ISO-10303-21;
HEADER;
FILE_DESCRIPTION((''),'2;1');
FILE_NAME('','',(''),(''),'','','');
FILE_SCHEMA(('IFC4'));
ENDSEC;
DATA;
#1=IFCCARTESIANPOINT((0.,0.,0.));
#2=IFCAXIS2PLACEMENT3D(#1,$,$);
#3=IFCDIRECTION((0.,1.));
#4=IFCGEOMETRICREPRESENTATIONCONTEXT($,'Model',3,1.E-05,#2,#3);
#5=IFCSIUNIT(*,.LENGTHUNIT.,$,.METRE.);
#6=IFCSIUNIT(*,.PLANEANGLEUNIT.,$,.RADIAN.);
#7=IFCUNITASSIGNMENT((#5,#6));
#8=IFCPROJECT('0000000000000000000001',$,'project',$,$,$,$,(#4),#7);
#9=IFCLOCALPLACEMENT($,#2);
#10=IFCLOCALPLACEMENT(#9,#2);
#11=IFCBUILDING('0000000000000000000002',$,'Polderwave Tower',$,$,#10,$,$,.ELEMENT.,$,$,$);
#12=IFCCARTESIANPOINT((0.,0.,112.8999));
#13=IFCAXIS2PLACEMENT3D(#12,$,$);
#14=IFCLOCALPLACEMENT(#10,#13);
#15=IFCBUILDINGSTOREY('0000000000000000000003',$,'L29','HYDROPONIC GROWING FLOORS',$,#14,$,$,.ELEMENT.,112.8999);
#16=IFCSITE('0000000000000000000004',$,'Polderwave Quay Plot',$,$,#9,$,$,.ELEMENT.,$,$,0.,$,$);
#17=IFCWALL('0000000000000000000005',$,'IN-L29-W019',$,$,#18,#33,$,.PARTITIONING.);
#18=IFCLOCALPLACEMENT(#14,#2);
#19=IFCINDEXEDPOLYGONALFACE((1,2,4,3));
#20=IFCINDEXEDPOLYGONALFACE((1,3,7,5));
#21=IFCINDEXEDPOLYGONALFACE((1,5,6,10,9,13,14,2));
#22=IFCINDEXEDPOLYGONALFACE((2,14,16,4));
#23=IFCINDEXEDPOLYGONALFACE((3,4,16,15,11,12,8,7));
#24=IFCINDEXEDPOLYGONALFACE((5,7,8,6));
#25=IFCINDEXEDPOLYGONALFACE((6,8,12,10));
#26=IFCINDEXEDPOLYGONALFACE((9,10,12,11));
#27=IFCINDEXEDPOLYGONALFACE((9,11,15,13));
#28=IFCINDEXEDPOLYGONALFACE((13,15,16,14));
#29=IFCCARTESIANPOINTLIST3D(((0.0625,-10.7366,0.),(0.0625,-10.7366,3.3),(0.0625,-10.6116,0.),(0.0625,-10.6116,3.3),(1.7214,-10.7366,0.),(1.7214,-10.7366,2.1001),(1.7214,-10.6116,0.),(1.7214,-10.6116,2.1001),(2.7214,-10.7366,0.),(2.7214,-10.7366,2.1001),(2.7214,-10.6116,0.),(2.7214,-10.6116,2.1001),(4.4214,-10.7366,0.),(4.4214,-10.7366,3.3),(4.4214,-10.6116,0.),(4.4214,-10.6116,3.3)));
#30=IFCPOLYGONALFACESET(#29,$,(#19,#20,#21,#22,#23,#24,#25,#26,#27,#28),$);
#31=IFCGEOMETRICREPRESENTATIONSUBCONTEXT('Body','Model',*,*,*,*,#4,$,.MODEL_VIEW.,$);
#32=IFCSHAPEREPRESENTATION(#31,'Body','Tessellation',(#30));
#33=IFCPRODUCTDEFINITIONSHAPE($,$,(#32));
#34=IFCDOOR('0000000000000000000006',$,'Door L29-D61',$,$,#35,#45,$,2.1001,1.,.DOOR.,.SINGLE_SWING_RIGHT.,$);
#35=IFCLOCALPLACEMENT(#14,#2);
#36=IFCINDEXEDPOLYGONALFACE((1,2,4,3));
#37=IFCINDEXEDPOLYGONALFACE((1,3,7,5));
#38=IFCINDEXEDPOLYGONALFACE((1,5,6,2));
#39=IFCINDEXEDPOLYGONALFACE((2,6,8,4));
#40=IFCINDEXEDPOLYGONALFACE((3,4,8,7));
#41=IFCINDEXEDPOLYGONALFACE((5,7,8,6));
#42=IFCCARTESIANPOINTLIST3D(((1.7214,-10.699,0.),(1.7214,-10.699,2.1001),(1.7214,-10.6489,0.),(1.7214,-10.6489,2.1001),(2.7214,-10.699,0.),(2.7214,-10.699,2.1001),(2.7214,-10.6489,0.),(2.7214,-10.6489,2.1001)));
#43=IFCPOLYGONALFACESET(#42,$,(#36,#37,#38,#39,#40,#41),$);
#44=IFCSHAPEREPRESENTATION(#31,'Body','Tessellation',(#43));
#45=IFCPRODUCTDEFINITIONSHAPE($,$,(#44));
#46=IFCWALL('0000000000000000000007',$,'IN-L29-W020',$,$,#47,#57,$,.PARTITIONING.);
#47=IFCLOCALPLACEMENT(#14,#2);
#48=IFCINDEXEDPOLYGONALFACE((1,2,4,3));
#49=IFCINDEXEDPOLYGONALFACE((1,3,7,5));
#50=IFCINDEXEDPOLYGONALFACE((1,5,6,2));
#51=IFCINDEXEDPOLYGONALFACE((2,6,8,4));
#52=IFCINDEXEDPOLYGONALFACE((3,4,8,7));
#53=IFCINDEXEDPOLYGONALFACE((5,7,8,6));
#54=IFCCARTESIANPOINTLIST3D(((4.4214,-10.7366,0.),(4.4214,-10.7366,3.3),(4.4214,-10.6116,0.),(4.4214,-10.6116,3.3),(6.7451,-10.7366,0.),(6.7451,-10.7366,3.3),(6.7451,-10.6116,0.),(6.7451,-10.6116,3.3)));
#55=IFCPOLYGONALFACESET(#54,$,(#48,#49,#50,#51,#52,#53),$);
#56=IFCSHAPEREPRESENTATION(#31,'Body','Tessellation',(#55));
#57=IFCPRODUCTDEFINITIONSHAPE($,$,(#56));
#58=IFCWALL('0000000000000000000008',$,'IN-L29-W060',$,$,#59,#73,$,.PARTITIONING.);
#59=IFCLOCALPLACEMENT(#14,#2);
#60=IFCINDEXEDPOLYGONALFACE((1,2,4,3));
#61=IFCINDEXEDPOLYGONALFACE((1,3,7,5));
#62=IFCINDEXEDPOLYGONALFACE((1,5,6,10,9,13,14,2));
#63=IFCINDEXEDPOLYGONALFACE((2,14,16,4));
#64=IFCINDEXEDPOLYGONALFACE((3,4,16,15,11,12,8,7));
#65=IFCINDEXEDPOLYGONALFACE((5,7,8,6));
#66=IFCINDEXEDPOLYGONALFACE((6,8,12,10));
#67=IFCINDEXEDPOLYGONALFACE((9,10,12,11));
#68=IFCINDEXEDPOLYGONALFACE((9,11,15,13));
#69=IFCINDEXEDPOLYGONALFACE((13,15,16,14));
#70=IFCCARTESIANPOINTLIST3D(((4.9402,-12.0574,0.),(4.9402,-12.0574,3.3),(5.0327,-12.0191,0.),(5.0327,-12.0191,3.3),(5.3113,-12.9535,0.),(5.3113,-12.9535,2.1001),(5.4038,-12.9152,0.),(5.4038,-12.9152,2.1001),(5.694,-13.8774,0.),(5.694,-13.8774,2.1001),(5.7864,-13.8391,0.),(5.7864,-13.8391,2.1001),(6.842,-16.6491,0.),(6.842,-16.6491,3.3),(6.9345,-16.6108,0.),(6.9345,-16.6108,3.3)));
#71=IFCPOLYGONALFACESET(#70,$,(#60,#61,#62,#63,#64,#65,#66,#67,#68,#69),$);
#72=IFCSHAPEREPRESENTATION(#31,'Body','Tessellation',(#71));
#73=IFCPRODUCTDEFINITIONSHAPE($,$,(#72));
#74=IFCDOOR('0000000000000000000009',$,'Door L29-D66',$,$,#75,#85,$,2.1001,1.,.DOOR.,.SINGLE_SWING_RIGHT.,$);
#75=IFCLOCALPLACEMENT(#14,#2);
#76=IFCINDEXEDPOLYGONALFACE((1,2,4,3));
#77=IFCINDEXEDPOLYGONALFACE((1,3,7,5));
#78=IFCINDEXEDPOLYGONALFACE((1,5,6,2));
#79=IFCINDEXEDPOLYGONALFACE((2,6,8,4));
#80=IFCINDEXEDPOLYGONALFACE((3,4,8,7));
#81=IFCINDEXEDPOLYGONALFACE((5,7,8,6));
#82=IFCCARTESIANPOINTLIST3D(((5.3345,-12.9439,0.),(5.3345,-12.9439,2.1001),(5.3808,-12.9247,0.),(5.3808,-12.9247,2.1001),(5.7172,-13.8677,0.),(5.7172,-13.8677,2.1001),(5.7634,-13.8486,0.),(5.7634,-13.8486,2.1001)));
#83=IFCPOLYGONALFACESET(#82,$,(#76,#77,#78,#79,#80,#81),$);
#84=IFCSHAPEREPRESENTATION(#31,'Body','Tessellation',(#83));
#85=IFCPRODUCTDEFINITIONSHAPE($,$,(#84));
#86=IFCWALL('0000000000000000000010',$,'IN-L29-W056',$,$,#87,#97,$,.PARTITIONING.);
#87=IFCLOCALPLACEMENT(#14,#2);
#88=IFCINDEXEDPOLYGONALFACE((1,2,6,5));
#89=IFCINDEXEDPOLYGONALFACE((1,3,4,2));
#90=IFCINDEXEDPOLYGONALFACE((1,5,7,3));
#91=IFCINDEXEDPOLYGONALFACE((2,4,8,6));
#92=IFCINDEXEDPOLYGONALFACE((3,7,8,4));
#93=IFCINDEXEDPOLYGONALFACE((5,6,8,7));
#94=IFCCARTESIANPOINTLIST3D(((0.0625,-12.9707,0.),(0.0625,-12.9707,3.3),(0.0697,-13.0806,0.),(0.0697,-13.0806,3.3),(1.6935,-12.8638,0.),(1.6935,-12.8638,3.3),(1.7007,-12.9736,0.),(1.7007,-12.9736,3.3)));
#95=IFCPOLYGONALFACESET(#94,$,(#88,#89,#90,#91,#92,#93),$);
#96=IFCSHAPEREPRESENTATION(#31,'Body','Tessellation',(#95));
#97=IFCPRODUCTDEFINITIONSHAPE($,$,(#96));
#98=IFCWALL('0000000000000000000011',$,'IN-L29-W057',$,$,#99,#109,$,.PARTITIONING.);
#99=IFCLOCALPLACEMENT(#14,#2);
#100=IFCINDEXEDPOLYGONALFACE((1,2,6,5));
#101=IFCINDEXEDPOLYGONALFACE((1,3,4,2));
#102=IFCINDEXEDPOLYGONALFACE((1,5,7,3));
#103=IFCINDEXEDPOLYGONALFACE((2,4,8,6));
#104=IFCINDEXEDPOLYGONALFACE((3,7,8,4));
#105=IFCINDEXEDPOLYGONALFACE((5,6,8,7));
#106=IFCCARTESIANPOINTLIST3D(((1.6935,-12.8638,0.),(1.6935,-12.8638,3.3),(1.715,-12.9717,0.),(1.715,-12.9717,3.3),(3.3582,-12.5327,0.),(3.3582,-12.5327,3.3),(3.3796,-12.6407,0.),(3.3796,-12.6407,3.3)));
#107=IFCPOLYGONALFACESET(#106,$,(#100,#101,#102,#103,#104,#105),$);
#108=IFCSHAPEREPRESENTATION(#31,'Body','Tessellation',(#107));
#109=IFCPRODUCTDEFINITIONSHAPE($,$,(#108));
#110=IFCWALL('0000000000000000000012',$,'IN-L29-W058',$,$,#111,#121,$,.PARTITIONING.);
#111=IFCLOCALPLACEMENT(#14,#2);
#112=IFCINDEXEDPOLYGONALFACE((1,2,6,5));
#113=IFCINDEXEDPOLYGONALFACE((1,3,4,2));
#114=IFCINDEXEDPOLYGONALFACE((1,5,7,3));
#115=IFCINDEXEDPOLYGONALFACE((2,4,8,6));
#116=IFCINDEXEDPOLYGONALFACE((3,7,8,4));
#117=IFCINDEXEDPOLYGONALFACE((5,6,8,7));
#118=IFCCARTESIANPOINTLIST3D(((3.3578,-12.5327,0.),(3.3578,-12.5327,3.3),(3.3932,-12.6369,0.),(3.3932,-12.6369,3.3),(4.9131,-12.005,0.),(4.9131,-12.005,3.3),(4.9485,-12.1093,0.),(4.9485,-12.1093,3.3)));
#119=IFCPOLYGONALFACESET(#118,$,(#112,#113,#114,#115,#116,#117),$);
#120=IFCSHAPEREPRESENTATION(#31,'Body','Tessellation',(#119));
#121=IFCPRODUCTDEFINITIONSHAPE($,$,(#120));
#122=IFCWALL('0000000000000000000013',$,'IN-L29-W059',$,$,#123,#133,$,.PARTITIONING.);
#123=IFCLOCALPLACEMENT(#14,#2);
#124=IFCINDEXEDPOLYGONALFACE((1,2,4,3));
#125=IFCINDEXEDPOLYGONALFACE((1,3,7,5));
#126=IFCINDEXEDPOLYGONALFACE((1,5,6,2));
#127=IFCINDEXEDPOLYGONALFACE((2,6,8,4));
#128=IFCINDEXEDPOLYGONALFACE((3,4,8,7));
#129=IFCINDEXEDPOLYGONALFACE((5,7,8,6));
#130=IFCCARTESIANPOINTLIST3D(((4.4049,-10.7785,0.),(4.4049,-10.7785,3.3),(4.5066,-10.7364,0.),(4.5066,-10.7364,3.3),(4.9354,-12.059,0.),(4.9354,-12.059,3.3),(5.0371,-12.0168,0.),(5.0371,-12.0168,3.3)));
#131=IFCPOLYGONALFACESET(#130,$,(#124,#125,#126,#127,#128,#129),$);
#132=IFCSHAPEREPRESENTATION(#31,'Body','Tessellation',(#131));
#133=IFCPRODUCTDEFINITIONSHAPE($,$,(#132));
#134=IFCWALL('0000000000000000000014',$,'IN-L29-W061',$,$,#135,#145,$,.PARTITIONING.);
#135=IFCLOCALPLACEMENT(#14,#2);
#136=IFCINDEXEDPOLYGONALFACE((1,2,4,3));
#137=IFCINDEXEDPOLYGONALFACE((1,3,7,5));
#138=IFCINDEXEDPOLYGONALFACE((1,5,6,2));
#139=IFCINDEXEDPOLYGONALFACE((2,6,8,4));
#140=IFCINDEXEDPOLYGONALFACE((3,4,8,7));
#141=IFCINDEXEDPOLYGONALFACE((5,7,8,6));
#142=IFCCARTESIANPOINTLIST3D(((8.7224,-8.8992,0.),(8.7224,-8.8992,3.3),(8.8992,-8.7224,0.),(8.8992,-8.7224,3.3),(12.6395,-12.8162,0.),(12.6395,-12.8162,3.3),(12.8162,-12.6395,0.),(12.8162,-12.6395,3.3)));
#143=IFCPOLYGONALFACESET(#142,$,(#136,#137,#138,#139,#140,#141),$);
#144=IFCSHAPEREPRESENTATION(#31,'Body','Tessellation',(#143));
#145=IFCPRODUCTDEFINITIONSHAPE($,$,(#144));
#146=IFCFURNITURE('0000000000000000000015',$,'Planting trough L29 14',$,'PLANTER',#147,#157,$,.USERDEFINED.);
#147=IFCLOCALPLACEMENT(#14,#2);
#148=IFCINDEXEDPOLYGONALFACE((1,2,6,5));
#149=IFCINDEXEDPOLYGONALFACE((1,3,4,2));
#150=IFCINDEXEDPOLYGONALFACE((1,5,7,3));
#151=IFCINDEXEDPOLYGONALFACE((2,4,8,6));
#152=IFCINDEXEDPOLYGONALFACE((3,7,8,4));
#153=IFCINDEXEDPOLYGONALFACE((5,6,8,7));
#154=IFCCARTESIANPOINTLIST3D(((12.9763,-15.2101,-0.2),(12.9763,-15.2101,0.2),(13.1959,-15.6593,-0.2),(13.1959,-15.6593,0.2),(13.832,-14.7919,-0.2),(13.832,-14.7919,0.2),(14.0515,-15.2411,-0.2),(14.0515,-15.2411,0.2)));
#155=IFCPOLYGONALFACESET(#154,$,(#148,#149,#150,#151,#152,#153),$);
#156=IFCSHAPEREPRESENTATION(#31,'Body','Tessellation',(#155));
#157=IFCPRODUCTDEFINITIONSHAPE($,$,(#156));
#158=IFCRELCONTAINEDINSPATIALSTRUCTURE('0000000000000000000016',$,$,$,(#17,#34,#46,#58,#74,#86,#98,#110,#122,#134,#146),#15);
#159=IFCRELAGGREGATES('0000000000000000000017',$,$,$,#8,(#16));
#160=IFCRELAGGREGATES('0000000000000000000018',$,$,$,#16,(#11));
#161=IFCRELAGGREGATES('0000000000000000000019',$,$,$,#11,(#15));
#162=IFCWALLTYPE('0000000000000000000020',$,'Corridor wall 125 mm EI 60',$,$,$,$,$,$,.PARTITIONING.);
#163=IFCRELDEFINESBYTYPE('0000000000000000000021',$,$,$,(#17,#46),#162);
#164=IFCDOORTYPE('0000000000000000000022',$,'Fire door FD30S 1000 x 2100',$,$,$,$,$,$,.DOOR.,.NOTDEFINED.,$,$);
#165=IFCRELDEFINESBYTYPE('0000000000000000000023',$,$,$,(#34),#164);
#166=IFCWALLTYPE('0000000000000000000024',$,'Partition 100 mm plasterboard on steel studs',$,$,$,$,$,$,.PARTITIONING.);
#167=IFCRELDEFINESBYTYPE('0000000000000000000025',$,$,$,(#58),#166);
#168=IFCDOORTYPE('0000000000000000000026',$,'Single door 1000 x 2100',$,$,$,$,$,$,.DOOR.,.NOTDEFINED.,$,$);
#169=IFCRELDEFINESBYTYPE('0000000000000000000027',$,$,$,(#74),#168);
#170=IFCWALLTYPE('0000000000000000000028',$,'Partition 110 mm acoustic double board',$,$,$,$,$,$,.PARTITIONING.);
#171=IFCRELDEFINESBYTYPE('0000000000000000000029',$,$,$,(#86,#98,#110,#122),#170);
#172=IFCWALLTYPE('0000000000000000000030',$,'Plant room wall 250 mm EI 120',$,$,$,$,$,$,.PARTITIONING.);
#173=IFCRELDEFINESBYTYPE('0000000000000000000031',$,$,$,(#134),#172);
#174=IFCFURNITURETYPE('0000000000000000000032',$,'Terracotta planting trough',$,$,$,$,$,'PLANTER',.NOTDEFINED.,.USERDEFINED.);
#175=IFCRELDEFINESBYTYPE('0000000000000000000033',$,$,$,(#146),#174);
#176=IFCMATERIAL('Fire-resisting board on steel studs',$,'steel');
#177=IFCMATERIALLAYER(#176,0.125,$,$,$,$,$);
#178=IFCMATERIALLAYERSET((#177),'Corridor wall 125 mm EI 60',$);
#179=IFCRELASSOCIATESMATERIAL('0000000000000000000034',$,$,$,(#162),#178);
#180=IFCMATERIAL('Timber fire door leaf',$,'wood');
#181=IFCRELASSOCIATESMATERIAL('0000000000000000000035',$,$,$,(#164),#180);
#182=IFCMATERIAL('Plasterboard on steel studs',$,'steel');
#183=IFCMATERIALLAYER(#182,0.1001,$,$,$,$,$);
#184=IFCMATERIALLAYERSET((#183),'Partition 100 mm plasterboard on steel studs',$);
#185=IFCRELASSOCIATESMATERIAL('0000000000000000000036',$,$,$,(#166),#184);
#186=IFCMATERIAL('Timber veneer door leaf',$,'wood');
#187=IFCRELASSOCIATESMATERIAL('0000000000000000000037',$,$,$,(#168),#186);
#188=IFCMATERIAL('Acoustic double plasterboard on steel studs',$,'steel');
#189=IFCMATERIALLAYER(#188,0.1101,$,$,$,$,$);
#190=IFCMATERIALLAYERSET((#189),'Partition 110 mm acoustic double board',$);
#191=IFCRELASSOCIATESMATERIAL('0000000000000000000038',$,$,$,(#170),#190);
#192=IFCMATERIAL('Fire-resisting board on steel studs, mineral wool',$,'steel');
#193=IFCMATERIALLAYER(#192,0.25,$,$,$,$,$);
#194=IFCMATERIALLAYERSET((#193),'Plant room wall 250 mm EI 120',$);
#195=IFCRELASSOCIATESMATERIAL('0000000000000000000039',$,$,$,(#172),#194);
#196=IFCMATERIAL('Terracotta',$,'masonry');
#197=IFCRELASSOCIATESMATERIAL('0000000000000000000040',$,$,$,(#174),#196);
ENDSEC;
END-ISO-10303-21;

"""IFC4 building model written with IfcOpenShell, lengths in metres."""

from ifc_helpers import new_model, si_unit, direction, frame, frame_2d, origin, origin_2d, place, context, subcontext, project, spatial, rectangle, extrude, material, layer, layer_set, type_object, element, fill, save


model = new_model("IFC4")

# Units and contexts
model_context = context("Model", 3, precision=1e-05, world=origin(), true_north=direction((0.0, 1.0)))
body_context = subcontext(model_context, "Body", "Model", "MODEL_VIEW")
ifc_project = project(units=[si_unit("LENGTHUNIT", "METRE"), si_unit("PLANEANGLEUNIT", "RADIAN")], contexts=[model_context])

# Site, building, storey
site_placement = place(None, origin())
site = spatial("IfcSite", under=ifc_project, at=site_placement, Name="Polderwave Quay Plot", CompositionType="ELEMENT", RefElevation=0.0)
building_placement = place(site_placement, origin())
building = spatial("IfcBuilding", under=site, at=building_placement, Name="Polderwave Tower", CompositionType="ELEMENT")
storey_placement = place(building_placement, frame((0.0, 0.0, 112.8999)))
storey = spatial("IfcBuildingStorey", under=building, at=storey_placement, Name="L29", Description="HYDROPONIC GROWING FLOORS", CompositionType="ELEMENT", Elevation=112.8999)

# Wall, opening, door
ifc_material_1 = material(Name="Fire-resisting board on steel studs", Category="steel")
ifc_layer_1 = layer(ifc_material_1, 0.125)
ifc_layer_set_1 = layer_set([ifc_layer_1], Name="Corridor wall 125 mm EI 60")
wall_type_1 = type_object("IfcWallType", Name="Corridor wall 125 mm EI 60", PredefinedType="PARTITIONING", material=ifc_layer_set_1)
wall_1_placement = place(storey_placement, frame((4.4214, -10.6741, 0.0), z_axis=(0.0, 0.0, 1.0), x_axis=(-1.0, 0.0, 0.0)))
wall_1 = element("IfcWall", 1, at=wall_1_placement, inside=storey, type_object=wall_type_1, Name="IN-L29-W019", PredefinedType="PARTITIONING", context=body_context, shape_type="SweptSolid", body=[
    extrude(rectangle(XDim=4.3589, YDim=0.125, at=frame_2d((2.1794, 0.0))), origin(), (0.0, 0.0, 1.0), 3.3),
])
opening_1_placement = place(wall_1_placement, frame((1.7, 0.0, 0.0)))
opening_1 = element("IfcOpeningElement", 2, at=opening_1_placement, cuts=wall_1, PredefinedType="OPENING", context=body_context, shape_type="SweptSolid", body=[
    extrude(rectangle(XDim=1.0, YDim=2.1001, at=frame_2d((0.5, 1.05))), frame((0.0, 0.0725, 0.0), z_axis=(0.0, -1.0, 0.0), x_axis=(1.0, 0.0, 0.0)), (0.0, 0.0, 1.0), 0.145),
])
ifc_material_2 = material(Name="Timber fire door leaf", Category="wood")
door_type_1 = type_object("IfcDoorType", Name="Fire door FD30S 1000 x 2100", OperationType="NOTDEFINED", PredefinedType="DOOR", material=ifc_material_2)
door_1_placement = place(opening_1_placement, origin())
door_1 = element("IfcDoor", 3, at=door_1_placement, inside=storey, type_object=door_type_1, Name="Door L29-D61", OperationType="SINGLE_SWING_RIGHT", OverallHeight=2.1001, OverallWidth=1.0, PredefinedType="DOOR", context=body_context, shape_type="SweptSolid", body=[
    extrude(rectangle(XDim=1.0, YDim=2.1001, at=frame_2d((0.5, 1.05))), frame((0.0, 0.0249, 0.0), z_axis=(0.0, -1.0, 0.0), x_axis=(1.0, 0.0, 0.0)), (0.0, 0.0, 1.0), 0.05),
])
fill(opening_1, door_1)

# Wall
wall_2_placement = place(storey_placement, frame((6.7451, -10.6741, 0.0), z_axis=(0.0, 0.0, 1.0), x_axis=(-1.0, 0.0, 0.0)))
element("IfcWall", 4, at=wall_2_placement, inside=storey, type_object=wall_type_1, Name="IN-L29-W020", PredefinedType="PARTITIONING", context=body_context, shape_type="SweptSolid", body=[
    extrude(rectangle(XDim=2.3237, YDim=0.125, at=frame_2d((1.1619, 0.0))), origin(), (0.0, 0.0, 1.0), 3.3),
])

# Wall, opening, door
ifc_material_3 = material(Name="Plasterboard on steel studs", Category="steel")
ifc_layer_2 = layer(ifc_material_3, 0.1001)
ifc_layer_set_2 = layer_set([ifc_layer_2], Name="Partition 100 mm plasterboard on steel studs")
wall_type_2 = type_object("IfcWallType", Name="Partition 100 mm plasterboard on steel studs", PredefinedType="PARTITIONING", material=ifc_layer_set_2)
wall_3_placement = place(storey_placement, frame((6.8882, -16.6299, 0.0), z_axis=(0.0, 0.0, 1.0), x_axis=(-0.382661, 0.923889, 0.0)))
wall_3 = element("IfcWall", 5, at=wall_3_placement, inside=storey, type_object=wall_type_2, Name="IN-L29-W060", PredefinedType="PARTITIONING", context=body_context, shape_type="SweptSolid", body=[
    extrude(rectangle(XDim=4.97, YDim=0.1001, at=frame_2d((2.4849, 0.0))), origin(), (0.0, 0.0, 1.0), 3.3),
])
opening_2_placement = place(wall_3_placement, frame((3.0, 0.0, 0.0)))
opening_2 = element("IfcOpeningElement", 6, at=opening_2_placement, cuts=wall_3, PredefinedType="OPENING", context=body_context, shape_type="SweptSolid", body=[
    extrude(rectangle(XDim=1.0, YDim=2.1001, at=frame_2d((0.5, 1.05))), frame((0.0, 0.0601, 0.0), z_axis=(0.0, -1.0, 0.0), x_axis=(1.0, 0.0, 0.0)), (0.0, 0.0, 1.0), 0.1201),
])
ifc_material_4 = material(Name="Timber veneer door leaf", Category="wood")
door_type_2 = type_object("IfcDoorType", Name="Single door 1000 x 2100", OperationType="NOTDEFINED", PredefinedType="DOOR", material=ifc_material_4)
door_2_placement = place(opening_2_placement, origin())
door_2 = element("IfcDoor", 7, at=door_2_placement, inside=storey, type_object=door_type_2, Name="Door L29-D66", OperationType="SINGLE_SWING_RIGHT", OverallHeight=2.1001, OverallWidth=1.0, PredefinedType="DOOR", context=body_context, shape_type="SweptSolid", body=[
    extrude(rectangle(XDim=1.0, YDim=2.1001, at=frame_2d((0.5, 1.05))), frame((0.0, 0.0249, 0.0), z_axis=(0.0, -1.0, 0.0), x_axis=(1.0, 0.0, 0.0)), (0.0, 0.0, 1.0), 0.05),
])
fill(opening_2, door_2)

# Walls
ifc_material_5 = material(Name="Acoustic double plasterboard on steel studs", Category="steel")
ifc_layer_3 = layer(ifc_material_5, 0.1101)
ifc_layer_set_3 = layer_set([ifc_layer_3], Name="Partition 110 mm acoustic double board")
wall_type_3 = type_object("IfcWallType", Name="Partition 110 mm acoustic double board", PredefinedType="PARTITIONING", material=ifc_layer_set_3)
wall_4_placement = place(storey_placement, frame((1.6973, -12.9187, 0.0), z_axis=(0.0, 0.0, 1.0), x_axis=(-0.997858, -0.065419, 0.0)))
element("IfcWall", 8, at=wall_4_placement, inside=storey, type_object=wall_type_3, Name="IN-L29-W056", PredefinedType="PARTITIONING", context=body_context, shape_type="SweptSolid", body=[
    extrude(rectangle(XDim=1.6345, YDim=0.1101, at=frame_2d((0.8174, 0.0))), origin(), (0.0, 0.0, 1.0), 3.3),
])
wall_5_placement = place(storey_placement, frame((3.3689, -12.5867, 0.0), z_axis=(0.0, 0.0, 1.0), x_axis=(-0.98079, -0.195065, 0.0)))
element("IfcWall", 9, at=wall_5_placement, inside=storey, type_object=wall_type_3, Name="IN-L29-W057", PredefinedType="PARTITIONING", context=body_context, shape_type="SweptSolid", body=[
    extrude(rectangle(XDim=1.6973, YDim=0.1101, at=frame_2d((0.8486, 0.0))), origin(), (0.0, 0.0, 1.0), 3.3),
])
wall_6_placement = place(storey_placement, frame((4.9309, -12.0571, 0.0), z_axis=(0.0, 0.0, 1.0), x_axis=(-0.94699, -0.321263, 0.0)))
element("IfcWall", 10, at=wall_6_placement, inside=storey, type_object=wall_type_3, Name="IN-L29-W058", PredefinedType="PARTITIONING", context=body_context, shape_type="SweptSolid", body=[
    extrude(rectangle(XDim=1.6423, YDim=0.1101, at=frame_2d((0.8213, 0.0))), origin(), (0.0, 0.0, 1.0), 3.3),
])
wall_7_placement = place(storey_placement, frame((4.4558, -10.7576, 0.0), z_axis=(0.0, 0.0, 1.0), x_axis=(0.382751, -0.923852, 0.0)))
element("IfcWall", 11, at=wall_7_placement, inside=storey, type_object=wall_type_3, Name="IN-L29-W059", PredefinedType="PARTITIONING", context=body_context, shape_type="SweptSolid", body=[
    extrude(rectangle(XDim=1.386, YDim=0.1101, at=frame_2d((0.6929, 0.0))), origin(), (0.0, 0.0, 1.0), 3.3),
])
ifc_material_6 = material(Name="Fire-resisting board on steel studs, mineral wool", Category="steel")
ifc_layer_4 = layer(ifc_material_6, 0.25)
ifc_layer_set_4 = layer_set([ifc_layer_4], Name="Plant room wall 250 mm EI 120")
wall_type_4 = type_object("IfcWallType", Name="Plant room wall 250 mm EI 120", PredefinedType="PARTITIONING", material=ifc_layer_set_4)
wall_8_placement = place(storey_placement, frame((8.8108, -8.8108, 0.0), z_axis=(0.0, 0.0, 1.0), x_axis=(0.707107, -0.707107, 0.0)))
element("IfcWall", 12, at=wall_8_placement, inside=storey, type_object=wall_type_4, Name="IN-L29-W061", PredefinedType="PARTITIONING", context=body_context, shape_type="SweptSolid", body=[
    extrude(rectangle(XDim=5.5396, YDim=0.25, at=frame_2d((2.7698, 0.0))), origin(), (0.0, 0.0, 1.0), 3.3),
])

# Furniture
ifc_material_7 = material(Name="Terracotta", Category="masonry")
furniture_type = type_object("IfcFurnitureType", Name="Terracotta planting trough", ElementType="PLANTER", AssemblyPlace="NOTDEFINED", PredefinedType="USERDEFINED", material=ifc_material_7)
furniture_placement = place(storey_placement, frame((13.5139, -15.2256, -0.2), z_axis=(0.0, 0.0, 1.0), x_axis=(0.898433, 0.43911, 0.0)))
element("IfcFurniture", 13, at=furniture_placement, inside=storey, type_object=furniture_type, Name="Planting trough L29 14", ObjectType="PLANTER", PredefinedType="USERDEFINED", context=body_context, shape_type="SweptSolid", body=[
    extrude(rectangle(XDim=0.9524, YDim=0.5, at=origin_2d()), origin(), (0.0, 0.0, 1.0), 0.3999),
])

save(model, "model.ifc")
